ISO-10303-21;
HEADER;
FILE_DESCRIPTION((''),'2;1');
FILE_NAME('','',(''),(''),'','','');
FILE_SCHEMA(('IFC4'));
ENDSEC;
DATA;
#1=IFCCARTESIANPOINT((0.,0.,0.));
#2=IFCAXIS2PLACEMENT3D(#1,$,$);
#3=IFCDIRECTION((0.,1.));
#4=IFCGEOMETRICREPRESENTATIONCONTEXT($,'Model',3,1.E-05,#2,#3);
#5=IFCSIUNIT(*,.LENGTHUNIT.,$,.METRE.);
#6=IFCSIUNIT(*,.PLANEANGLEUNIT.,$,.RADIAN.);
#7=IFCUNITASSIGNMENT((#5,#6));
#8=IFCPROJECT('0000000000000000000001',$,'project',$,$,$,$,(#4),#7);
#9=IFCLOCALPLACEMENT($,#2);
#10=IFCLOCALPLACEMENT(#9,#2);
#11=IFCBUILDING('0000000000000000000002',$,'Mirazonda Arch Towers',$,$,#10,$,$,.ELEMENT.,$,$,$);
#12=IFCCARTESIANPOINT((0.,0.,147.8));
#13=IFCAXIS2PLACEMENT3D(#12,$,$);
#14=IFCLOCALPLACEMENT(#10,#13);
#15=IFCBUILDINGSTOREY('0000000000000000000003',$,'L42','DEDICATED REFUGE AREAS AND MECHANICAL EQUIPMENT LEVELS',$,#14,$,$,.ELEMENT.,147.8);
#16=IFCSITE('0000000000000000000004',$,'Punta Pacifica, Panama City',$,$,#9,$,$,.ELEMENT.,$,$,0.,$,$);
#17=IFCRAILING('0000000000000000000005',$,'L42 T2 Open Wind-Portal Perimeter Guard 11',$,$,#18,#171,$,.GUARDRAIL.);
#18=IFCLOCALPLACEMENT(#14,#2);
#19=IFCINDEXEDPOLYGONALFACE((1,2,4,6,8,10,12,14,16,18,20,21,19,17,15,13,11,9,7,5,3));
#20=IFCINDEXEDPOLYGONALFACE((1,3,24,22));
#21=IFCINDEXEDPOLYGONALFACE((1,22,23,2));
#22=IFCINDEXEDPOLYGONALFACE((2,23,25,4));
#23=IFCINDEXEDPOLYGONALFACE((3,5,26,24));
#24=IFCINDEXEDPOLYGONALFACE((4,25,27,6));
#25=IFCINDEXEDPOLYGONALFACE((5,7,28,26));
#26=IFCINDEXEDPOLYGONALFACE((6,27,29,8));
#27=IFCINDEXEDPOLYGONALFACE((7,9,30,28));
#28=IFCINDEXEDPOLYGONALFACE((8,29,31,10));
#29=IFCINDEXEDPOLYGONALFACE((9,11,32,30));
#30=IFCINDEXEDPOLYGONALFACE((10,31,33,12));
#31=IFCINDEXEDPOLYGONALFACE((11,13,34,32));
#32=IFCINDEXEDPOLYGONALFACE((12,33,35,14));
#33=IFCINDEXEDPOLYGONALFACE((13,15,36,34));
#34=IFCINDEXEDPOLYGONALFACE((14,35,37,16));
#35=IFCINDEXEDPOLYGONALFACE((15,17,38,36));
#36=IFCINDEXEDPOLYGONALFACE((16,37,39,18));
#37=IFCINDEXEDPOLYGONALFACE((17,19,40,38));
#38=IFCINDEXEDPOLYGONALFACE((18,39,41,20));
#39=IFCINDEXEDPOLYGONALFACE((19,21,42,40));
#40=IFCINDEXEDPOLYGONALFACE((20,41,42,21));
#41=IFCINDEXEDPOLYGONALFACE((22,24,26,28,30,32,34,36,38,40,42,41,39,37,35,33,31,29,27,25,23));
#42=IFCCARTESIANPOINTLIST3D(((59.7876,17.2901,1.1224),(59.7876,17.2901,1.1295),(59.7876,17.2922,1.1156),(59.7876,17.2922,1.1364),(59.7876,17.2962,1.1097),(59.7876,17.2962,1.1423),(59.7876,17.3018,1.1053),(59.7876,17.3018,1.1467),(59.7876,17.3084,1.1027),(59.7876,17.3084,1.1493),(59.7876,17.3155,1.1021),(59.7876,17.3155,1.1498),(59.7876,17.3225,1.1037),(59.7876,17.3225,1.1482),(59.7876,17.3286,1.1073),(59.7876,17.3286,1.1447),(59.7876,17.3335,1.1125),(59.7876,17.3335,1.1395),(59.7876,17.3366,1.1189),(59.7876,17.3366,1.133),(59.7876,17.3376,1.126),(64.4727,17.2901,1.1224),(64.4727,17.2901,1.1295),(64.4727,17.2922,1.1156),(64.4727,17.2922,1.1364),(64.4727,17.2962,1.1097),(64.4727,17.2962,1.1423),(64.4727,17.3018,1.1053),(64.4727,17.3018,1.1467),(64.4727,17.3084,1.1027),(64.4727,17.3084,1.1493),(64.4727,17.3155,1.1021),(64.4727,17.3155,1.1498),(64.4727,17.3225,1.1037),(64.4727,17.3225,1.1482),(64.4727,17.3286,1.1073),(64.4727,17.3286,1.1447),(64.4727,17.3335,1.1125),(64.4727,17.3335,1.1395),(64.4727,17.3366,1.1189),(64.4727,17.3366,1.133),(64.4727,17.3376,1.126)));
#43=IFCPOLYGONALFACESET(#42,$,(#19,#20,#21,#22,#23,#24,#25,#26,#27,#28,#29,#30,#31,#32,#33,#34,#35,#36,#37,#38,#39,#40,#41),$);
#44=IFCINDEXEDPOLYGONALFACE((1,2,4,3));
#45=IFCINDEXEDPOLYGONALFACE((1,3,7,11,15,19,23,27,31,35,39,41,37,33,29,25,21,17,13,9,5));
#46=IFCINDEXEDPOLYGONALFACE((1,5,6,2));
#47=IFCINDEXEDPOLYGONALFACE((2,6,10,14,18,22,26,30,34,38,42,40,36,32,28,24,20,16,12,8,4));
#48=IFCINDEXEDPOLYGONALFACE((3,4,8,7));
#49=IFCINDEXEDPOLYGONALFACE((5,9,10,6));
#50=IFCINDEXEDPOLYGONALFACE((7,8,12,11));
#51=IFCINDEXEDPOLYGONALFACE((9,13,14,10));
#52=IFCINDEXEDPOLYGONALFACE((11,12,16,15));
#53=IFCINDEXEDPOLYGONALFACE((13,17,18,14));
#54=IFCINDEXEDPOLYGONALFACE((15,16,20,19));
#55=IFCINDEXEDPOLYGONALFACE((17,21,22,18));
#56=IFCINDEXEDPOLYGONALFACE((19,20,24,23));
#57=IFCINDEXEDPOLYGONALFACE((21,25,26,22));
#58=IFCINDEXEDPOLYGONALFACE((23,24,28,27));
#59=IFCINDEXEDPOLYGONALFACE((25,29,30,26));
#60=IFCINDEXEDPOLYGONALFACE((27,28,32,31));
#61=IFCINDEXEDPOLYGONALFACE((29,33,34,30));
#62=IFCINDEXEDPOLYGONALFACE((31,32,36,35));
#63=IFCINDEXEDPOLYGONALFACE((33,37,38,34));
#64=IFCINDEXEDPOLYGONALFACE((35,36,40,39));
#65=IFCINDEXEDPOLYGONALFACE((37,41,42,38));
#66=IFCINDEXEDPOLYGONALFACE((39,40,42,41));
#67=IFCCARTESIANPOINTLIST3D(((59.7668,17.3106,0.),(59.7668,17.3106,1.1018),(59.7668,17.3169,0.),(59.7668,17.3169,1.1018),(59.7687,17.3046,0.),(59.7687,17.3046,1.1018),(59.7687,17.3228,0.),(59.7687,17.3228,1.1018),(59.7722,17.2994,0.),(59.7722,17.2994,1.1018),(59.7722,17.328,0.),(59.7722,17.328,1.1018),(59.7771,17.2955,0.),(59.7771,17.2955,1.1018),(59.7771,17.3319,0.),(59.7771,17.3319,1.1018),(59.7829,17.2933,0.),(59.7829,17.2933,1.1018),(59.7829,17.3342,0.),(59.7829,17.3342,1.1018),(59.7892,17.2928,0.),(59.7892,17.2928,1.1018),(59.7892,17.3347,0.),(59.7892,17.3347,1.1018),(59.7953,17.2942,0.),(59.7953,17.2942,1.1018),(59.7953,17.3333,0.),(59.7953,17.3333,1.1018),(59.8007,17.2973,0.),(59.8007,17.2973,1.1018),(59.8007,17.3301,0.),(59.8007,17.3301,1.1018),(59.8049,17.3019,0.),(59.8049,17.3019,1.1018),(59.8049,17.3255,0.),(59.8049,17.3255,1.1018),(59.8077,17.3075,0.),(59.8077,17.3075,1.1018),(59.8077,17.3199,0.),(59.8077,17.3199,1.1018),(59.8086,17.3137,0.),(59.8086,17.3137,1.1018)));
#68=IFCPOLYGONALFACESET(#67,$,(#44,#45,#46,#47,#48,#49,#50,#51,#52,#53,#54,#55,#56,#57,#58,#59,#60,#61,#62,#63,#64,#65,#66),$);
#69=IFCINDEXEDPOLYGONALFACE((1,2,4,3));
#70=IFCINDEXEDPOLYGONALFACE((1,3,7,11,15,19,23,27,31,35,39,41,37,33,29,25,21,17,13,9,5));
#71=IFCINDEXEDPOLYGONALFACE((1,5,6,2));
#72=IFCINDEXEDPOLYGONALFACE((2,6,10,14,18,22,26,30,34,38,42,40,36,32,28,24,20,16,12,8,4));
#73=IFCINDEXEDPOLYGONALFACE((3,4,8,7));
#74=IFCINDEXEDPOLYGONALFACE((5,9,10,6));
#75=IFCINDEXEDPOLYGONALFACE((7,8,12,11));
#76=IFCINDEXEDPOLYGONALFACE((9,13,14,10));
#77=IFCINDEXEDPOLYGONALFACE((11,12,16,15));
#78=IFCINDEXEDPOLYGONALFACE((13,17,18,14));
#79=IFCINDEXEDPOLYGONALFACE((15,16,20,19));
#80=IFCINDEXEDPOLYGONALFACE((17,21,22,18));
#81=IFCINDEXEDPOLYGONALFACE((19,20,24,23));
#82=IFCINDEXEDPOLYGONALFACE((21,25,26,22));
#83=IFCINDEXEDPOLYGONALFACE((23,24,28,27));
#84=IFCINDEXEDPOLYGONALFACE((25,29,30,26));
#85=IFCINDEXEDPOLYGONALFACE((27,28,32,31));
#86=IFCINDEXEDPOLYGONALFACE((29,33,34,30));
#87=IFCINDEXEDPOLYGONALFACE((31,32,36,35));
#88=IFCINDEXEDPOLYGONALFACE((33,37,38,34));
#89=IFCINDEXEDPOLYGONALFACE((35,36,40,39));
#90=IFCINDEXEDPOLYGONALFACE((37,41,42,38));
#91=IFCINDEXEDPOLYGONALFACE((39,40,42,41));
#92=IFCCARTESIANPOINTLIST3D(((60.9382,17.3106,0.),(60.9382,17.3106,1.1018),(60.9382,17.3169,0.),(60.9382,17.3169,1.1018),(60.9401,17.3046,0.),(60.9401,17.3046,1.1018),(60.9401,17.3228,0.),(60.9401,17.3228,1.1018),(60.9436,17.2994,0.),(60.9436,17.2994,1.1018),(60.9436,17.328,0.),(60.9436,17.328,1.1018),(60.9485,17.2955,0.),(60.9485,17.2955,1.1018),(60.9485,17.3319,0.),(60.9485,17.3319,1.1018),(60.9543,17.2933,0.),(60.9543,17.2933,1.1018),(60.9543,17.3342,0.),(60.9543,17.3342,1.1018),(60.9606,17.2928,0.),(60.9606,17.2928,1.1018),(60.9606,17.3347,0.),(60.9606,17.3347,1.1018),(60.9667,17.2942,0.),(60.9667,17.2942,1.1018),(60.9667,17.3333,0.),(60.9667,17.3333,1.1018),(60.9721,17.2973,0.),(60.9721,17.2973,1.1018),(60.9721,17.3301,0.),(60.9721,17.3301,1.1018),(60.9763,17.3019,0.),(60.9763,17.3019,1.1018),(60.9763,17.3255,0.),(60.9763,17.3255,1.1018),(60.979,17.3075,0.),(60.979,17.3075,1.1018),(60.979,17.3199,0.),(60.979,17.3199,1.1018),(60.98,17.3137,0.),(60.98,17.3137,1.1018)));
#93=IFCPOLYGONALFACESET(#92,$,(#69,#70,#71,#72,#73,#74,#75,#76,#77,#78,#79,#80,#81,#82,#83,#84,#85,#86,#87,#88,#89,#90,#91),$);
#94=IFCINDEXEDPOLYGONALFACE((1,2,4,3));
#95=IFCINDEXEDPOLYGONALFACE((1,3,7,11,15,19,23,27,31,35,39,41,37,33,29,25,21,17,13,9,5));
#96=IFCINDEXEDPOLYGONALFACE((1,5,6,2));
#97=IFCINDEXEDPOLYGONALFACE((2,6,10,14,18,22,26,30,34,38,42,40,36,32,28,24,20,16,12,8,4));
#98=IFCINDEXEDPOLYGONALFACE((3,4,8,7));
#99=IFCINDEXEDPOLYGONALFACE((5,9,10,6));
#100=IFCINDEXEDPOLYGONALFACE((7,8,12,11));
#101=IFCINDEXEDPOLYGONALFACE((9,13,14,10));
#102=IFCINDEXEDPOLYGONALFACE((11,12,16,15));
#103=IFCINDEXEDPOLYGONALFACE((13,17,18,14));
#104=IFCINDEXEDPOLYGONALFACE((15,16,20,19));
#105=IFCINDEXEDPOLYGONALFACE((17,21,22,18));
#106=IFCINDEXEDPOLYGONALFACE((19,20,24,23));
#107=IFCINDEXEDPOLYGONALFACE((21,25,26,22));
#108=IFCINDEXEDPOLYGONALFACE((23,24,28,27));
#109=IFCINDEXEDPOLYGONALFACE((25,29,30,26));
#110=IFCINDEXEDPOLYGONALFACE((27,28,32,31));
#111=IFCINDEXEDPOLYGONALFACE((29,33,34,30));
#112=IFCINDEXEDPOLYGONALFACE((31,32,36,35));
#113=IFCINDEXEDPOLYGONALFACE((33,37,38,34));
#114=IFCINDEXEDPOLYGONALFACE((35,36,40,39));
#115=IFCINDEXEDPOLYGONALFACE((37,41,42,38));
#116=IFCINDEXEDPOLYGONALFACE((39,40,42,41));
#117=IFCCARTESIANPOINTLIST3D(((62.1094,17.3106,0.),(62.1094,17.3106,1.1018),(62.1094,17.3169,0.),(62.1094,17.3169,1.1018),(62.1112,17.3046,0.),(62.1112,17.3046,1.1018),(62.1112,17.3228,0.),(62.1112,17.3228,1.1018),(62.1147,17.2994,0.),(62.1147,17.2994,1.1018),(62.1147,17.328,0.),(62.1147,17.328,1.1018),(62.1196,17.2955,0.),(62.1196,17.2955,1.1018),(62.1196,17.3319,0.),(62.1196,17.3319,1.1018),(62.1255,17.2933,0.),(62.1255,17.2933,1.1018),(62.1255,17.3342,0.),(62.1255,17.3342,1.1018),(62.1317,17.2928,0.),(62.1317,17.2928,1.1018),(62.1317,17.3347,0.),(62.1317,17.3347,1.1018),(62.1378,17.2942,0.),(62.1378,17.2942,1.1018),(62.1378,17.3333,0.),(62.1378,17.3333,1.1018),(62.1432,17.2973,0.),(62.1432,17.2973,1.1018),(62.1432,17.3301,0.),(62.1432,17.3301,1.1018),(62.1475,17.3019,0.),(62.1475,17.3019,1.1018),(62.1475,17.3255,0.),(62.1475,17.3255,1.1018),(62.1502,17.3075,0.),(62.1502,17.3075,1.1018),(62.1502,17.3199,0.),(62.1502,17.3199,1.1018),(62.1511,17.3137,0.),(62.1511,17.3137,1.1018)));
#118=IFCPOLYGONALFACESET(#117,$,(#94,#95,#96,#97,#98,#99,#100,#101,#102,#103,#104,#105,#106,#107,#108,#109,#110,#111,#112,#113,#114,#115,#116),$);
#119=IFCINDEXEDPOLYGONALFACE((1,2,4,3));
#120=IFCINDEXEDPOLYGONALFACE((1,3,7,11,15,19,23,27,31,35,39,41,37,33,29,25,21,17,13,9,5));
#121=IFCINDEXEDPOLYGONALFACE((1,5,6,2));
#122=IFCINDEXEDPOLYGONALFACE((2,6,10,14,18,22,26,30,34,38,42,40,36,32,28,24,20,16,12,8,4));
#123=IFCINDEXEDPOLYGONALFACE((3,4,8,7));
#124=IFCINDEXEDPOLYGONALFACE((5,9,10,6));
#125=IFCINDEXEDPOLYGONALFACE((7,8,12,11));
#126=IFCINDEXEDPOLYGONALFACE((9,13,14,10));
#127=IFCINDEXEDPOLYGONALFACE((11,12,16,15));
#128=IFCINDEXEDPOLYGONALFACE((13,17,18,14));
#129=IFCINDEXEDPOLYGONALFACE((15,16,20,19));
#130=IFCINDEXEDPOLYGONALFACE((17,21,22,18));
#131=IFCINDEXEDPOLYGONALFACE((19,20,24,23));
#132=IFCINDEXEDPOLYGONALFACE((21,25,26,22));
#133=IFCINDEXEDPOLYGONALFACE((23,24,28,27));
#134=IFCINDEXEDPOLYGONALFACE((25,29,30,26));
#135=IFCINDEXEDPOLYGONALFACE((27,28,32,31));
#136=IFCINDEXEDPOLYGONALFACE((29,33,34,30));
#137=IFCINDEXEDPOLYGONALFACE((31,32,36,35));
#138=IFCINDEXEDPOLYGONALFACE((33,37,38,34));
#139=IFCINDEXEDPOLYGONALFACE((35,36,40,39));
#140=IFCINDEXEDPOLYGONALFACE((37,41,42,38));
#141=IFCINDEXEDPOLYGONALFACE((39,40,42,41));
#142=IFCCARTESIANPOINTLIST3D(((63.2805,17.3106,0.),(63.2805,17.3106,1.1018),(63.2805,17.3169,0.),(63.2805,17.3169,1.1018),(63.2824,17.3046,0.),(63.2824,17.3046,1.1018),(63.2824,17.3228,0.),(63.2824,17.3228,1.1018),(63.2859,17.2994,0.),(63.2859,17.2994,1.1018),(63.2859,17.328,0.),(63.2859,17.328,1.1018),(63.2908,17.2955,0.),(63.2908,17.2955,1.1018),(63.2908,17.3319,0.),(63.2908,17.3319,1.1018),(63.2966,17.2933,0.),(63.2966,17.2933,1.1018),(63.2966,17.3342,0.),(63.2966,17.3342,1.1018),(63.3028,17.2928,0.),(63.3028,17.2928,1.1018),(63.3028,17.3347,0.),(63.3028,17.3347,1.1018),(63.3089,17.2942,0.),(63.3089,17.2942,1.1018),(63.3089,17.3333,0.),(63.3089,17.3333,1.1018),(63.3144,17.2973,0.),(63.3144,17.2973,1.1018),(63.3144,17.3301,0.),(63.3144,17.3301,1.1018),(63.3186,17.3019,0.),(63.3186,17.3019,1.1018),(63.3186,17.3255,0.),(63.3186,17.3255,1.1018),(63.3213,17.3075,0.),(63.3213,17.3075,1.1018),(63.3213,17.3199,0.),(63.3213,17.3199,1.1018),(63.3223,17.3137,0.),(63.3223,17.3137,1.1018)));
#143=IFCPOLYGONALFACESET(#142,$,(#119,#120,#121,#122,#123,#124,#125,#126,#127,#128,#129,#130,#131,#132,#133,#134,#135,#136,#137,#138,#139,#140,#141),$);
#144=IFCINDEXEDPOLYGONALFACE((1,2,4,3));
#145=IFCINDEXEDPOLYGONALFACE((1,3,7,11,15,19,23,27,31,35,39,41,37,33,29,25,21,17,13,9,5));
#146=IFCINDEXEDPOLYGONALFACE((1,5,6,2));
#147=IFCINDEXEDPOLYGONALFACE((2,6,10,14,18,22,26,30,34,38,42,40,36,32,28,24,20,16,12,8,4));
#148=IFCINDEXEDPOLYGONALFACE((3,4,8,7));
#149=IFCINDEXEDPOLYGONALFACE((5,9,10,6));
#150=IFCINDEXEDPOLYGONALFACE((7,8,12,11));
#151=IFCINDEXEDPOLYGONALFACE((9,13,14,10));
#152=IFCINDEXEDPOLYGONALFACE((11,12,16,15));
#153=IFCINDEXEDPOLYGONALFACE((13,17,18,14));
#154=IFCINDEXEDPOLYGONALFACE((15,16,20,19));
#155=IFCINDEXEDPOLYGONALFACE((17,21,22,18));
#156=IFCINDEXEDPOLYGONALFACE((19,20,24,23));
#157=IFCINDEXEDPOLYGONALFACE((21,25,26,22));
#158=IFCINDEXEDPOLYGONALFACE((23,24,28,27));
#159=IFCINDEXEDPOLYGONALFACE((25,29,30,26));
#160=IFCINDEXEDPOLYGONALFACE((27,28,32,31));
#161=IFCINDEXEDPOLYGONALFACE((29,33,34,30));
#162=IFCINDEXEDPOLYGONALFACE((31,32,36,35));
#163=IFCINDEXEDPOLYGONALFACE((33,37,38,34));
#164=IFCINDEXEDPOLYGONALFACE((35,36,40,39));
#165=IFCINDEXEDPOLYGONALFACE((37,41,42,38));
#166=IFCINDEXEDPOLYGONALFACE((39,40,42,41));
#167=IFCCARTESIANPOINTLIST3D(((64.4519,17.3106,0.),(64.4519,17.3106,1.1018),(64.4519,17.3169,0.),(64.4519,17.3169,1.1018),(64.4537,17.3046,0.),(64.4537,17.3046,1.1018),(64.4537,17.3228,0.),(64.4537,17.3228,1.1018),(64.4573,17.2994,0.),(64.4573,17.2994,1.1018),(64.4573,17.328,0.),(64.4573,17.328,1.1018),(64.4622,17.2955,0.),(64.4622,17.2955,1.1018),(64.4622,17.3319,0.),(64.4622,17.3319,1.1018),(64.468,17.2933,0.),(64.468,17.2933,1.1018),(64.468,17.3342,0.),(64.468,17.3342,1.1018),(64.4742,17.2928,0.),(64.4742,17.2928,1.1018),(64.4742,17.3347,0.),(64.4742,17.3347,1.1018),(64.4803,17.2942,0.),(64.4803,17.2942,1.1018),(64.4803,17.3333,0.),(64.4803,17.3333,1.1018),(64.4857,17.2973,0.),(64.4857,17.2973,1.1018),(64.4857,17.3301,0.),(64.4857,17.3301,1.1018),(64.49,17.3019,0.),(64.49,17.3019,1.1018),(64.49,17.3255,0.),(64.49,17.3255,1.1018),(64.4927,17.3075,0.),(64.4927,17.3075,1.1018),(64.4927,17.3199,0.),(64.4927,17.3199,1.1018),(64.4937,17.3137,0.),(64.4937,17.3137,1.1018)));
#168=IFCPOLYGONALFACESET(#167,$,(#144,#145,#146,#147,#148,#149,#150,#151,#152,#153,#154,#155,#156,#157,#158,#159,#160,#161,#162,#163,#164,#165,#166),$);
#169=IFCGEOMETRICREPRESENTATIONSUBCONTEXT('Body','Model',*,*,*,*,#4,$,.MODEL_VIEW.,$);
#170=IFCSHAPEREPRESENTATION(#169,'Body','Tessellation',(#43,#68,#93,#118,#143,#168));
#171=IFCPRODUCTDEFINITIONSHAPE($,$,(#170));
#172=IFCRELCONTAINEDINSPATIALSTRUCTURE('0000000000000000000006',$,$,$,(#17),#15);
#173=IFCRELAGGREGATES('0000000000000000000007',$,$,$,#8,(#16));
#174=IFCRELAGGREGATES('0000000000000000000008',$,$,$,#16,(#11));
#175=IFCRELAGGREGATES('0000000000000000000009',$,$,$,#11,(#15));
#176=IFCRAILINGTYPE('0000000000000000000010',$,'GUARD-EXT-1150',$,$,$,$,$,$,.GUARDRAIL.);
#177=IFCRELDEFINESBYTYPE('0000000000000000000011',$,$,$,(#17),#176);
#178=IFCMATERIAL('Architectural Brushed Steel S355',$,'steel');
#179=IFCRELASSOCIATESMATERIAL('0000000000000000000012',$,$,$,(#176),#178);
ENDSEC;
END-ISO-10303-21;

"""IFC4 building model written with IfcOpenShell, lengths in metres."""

from ifc_helpers import new_model, si_unit, direction, frame, origin, origin_2d, place, context, subcontext, project, spatial, circle, extrude, material, type_object, element, save


model = new_model("IFC4")

# Units and contexts
model_context = context("Model", 3, precision=1e-05, world=origin(), true_north=direction((0.0, 1.0)))
body_context = subcontext(model_context, "Body", "Model", "MODEL_VIEW")
ifc_project = project(units=[si_unit("LENGTHUNIT", "METRE"), si_unit("PLANEANGLEUNIT", "RADIAN")], contexts=[model_context])

# Site, building, storey
site_placement = place(None, origin())
site = spatial("IfcSite", under=ifc_project, at=site_placement, Name="Punta Pacifica, Panama City", CompositionType="ELEMENT", RefElevation=0.0)
building_placement = place(site_placement, origin())
building = spatial("IfcBuilding", under=site, at=building_placement, Name="Mirazonda Arch Towers", CompositionType="ELEMENT")
storey_placement = place(building_placement, frame((0.0, 0.0, 147.8)))
storey = spatial("IfcBuildingStorey", under=building, at=storey_placement, Name="L42", Description="DEDICATED REFUGE AREAS AND MECHANICAL EQUIPMENT LEVELS", CompositionType="ELEMENT", Elevation=147.8)

# Railing
ifc_material_1 = material(Name="Architectural Brushed Steel S355", Category="steel")
railing_type = type_object("IfcRailingType", Name="GUARD-EXT-1150", PredefinedType="GUARDRAIL", material=ifc_material_1)
railing_1_placement = place(storey_placement, frame((59.7876, 17.3137, 0.0)))
element("IfcRailing", 1, at=railing_1_placement, inside=storey, type_object=railing_type, Name="L42 T2 Open Wind-Portal Perimeter Guard 11", PredefinedType="GUARDRAIL", context=body_context, shape_type="SweptSolid", body=[
    extrude(circle(Radius=0.0239, at=origin_2d()), frame((0.0, 0.0, 1.126), z_axis=(1.0, 0.0, 0.0), x_axis=(0.0, 1.0, 0.0)), (0.0, 0.0, 1.0), 4.6851),
    extrude(circle(Radius=0.021, at=origin_2d()), origin(), (0.0, 0.0, 1.0), 1.1018),
    extrude(circle(Radius=0.021, at=origin_2d()), frame((1.1714, 0.0, 0.0)), (0.0, 0.0, 1.0), 1.1018),
    extrude(circle(Radius=0.021, at=origin_2d()), frame((2.3425, 0.0, 0.0)), (0.0, 0.0, 1.0), 1.1018),
    extrude(circle(Radius=0.021, at=origin_2d()), frame((3.5137, 0.0, 0.0)), (0.0, 0.0, 1.0), 1.1018),
    extrude(circle(Radius=0.021, at=origin_2d()), frame((4.6851, 0.0, 0.0)), (0.0, 0.0, 1.0), 1.1018),
])

save(model, "model.ifc")
